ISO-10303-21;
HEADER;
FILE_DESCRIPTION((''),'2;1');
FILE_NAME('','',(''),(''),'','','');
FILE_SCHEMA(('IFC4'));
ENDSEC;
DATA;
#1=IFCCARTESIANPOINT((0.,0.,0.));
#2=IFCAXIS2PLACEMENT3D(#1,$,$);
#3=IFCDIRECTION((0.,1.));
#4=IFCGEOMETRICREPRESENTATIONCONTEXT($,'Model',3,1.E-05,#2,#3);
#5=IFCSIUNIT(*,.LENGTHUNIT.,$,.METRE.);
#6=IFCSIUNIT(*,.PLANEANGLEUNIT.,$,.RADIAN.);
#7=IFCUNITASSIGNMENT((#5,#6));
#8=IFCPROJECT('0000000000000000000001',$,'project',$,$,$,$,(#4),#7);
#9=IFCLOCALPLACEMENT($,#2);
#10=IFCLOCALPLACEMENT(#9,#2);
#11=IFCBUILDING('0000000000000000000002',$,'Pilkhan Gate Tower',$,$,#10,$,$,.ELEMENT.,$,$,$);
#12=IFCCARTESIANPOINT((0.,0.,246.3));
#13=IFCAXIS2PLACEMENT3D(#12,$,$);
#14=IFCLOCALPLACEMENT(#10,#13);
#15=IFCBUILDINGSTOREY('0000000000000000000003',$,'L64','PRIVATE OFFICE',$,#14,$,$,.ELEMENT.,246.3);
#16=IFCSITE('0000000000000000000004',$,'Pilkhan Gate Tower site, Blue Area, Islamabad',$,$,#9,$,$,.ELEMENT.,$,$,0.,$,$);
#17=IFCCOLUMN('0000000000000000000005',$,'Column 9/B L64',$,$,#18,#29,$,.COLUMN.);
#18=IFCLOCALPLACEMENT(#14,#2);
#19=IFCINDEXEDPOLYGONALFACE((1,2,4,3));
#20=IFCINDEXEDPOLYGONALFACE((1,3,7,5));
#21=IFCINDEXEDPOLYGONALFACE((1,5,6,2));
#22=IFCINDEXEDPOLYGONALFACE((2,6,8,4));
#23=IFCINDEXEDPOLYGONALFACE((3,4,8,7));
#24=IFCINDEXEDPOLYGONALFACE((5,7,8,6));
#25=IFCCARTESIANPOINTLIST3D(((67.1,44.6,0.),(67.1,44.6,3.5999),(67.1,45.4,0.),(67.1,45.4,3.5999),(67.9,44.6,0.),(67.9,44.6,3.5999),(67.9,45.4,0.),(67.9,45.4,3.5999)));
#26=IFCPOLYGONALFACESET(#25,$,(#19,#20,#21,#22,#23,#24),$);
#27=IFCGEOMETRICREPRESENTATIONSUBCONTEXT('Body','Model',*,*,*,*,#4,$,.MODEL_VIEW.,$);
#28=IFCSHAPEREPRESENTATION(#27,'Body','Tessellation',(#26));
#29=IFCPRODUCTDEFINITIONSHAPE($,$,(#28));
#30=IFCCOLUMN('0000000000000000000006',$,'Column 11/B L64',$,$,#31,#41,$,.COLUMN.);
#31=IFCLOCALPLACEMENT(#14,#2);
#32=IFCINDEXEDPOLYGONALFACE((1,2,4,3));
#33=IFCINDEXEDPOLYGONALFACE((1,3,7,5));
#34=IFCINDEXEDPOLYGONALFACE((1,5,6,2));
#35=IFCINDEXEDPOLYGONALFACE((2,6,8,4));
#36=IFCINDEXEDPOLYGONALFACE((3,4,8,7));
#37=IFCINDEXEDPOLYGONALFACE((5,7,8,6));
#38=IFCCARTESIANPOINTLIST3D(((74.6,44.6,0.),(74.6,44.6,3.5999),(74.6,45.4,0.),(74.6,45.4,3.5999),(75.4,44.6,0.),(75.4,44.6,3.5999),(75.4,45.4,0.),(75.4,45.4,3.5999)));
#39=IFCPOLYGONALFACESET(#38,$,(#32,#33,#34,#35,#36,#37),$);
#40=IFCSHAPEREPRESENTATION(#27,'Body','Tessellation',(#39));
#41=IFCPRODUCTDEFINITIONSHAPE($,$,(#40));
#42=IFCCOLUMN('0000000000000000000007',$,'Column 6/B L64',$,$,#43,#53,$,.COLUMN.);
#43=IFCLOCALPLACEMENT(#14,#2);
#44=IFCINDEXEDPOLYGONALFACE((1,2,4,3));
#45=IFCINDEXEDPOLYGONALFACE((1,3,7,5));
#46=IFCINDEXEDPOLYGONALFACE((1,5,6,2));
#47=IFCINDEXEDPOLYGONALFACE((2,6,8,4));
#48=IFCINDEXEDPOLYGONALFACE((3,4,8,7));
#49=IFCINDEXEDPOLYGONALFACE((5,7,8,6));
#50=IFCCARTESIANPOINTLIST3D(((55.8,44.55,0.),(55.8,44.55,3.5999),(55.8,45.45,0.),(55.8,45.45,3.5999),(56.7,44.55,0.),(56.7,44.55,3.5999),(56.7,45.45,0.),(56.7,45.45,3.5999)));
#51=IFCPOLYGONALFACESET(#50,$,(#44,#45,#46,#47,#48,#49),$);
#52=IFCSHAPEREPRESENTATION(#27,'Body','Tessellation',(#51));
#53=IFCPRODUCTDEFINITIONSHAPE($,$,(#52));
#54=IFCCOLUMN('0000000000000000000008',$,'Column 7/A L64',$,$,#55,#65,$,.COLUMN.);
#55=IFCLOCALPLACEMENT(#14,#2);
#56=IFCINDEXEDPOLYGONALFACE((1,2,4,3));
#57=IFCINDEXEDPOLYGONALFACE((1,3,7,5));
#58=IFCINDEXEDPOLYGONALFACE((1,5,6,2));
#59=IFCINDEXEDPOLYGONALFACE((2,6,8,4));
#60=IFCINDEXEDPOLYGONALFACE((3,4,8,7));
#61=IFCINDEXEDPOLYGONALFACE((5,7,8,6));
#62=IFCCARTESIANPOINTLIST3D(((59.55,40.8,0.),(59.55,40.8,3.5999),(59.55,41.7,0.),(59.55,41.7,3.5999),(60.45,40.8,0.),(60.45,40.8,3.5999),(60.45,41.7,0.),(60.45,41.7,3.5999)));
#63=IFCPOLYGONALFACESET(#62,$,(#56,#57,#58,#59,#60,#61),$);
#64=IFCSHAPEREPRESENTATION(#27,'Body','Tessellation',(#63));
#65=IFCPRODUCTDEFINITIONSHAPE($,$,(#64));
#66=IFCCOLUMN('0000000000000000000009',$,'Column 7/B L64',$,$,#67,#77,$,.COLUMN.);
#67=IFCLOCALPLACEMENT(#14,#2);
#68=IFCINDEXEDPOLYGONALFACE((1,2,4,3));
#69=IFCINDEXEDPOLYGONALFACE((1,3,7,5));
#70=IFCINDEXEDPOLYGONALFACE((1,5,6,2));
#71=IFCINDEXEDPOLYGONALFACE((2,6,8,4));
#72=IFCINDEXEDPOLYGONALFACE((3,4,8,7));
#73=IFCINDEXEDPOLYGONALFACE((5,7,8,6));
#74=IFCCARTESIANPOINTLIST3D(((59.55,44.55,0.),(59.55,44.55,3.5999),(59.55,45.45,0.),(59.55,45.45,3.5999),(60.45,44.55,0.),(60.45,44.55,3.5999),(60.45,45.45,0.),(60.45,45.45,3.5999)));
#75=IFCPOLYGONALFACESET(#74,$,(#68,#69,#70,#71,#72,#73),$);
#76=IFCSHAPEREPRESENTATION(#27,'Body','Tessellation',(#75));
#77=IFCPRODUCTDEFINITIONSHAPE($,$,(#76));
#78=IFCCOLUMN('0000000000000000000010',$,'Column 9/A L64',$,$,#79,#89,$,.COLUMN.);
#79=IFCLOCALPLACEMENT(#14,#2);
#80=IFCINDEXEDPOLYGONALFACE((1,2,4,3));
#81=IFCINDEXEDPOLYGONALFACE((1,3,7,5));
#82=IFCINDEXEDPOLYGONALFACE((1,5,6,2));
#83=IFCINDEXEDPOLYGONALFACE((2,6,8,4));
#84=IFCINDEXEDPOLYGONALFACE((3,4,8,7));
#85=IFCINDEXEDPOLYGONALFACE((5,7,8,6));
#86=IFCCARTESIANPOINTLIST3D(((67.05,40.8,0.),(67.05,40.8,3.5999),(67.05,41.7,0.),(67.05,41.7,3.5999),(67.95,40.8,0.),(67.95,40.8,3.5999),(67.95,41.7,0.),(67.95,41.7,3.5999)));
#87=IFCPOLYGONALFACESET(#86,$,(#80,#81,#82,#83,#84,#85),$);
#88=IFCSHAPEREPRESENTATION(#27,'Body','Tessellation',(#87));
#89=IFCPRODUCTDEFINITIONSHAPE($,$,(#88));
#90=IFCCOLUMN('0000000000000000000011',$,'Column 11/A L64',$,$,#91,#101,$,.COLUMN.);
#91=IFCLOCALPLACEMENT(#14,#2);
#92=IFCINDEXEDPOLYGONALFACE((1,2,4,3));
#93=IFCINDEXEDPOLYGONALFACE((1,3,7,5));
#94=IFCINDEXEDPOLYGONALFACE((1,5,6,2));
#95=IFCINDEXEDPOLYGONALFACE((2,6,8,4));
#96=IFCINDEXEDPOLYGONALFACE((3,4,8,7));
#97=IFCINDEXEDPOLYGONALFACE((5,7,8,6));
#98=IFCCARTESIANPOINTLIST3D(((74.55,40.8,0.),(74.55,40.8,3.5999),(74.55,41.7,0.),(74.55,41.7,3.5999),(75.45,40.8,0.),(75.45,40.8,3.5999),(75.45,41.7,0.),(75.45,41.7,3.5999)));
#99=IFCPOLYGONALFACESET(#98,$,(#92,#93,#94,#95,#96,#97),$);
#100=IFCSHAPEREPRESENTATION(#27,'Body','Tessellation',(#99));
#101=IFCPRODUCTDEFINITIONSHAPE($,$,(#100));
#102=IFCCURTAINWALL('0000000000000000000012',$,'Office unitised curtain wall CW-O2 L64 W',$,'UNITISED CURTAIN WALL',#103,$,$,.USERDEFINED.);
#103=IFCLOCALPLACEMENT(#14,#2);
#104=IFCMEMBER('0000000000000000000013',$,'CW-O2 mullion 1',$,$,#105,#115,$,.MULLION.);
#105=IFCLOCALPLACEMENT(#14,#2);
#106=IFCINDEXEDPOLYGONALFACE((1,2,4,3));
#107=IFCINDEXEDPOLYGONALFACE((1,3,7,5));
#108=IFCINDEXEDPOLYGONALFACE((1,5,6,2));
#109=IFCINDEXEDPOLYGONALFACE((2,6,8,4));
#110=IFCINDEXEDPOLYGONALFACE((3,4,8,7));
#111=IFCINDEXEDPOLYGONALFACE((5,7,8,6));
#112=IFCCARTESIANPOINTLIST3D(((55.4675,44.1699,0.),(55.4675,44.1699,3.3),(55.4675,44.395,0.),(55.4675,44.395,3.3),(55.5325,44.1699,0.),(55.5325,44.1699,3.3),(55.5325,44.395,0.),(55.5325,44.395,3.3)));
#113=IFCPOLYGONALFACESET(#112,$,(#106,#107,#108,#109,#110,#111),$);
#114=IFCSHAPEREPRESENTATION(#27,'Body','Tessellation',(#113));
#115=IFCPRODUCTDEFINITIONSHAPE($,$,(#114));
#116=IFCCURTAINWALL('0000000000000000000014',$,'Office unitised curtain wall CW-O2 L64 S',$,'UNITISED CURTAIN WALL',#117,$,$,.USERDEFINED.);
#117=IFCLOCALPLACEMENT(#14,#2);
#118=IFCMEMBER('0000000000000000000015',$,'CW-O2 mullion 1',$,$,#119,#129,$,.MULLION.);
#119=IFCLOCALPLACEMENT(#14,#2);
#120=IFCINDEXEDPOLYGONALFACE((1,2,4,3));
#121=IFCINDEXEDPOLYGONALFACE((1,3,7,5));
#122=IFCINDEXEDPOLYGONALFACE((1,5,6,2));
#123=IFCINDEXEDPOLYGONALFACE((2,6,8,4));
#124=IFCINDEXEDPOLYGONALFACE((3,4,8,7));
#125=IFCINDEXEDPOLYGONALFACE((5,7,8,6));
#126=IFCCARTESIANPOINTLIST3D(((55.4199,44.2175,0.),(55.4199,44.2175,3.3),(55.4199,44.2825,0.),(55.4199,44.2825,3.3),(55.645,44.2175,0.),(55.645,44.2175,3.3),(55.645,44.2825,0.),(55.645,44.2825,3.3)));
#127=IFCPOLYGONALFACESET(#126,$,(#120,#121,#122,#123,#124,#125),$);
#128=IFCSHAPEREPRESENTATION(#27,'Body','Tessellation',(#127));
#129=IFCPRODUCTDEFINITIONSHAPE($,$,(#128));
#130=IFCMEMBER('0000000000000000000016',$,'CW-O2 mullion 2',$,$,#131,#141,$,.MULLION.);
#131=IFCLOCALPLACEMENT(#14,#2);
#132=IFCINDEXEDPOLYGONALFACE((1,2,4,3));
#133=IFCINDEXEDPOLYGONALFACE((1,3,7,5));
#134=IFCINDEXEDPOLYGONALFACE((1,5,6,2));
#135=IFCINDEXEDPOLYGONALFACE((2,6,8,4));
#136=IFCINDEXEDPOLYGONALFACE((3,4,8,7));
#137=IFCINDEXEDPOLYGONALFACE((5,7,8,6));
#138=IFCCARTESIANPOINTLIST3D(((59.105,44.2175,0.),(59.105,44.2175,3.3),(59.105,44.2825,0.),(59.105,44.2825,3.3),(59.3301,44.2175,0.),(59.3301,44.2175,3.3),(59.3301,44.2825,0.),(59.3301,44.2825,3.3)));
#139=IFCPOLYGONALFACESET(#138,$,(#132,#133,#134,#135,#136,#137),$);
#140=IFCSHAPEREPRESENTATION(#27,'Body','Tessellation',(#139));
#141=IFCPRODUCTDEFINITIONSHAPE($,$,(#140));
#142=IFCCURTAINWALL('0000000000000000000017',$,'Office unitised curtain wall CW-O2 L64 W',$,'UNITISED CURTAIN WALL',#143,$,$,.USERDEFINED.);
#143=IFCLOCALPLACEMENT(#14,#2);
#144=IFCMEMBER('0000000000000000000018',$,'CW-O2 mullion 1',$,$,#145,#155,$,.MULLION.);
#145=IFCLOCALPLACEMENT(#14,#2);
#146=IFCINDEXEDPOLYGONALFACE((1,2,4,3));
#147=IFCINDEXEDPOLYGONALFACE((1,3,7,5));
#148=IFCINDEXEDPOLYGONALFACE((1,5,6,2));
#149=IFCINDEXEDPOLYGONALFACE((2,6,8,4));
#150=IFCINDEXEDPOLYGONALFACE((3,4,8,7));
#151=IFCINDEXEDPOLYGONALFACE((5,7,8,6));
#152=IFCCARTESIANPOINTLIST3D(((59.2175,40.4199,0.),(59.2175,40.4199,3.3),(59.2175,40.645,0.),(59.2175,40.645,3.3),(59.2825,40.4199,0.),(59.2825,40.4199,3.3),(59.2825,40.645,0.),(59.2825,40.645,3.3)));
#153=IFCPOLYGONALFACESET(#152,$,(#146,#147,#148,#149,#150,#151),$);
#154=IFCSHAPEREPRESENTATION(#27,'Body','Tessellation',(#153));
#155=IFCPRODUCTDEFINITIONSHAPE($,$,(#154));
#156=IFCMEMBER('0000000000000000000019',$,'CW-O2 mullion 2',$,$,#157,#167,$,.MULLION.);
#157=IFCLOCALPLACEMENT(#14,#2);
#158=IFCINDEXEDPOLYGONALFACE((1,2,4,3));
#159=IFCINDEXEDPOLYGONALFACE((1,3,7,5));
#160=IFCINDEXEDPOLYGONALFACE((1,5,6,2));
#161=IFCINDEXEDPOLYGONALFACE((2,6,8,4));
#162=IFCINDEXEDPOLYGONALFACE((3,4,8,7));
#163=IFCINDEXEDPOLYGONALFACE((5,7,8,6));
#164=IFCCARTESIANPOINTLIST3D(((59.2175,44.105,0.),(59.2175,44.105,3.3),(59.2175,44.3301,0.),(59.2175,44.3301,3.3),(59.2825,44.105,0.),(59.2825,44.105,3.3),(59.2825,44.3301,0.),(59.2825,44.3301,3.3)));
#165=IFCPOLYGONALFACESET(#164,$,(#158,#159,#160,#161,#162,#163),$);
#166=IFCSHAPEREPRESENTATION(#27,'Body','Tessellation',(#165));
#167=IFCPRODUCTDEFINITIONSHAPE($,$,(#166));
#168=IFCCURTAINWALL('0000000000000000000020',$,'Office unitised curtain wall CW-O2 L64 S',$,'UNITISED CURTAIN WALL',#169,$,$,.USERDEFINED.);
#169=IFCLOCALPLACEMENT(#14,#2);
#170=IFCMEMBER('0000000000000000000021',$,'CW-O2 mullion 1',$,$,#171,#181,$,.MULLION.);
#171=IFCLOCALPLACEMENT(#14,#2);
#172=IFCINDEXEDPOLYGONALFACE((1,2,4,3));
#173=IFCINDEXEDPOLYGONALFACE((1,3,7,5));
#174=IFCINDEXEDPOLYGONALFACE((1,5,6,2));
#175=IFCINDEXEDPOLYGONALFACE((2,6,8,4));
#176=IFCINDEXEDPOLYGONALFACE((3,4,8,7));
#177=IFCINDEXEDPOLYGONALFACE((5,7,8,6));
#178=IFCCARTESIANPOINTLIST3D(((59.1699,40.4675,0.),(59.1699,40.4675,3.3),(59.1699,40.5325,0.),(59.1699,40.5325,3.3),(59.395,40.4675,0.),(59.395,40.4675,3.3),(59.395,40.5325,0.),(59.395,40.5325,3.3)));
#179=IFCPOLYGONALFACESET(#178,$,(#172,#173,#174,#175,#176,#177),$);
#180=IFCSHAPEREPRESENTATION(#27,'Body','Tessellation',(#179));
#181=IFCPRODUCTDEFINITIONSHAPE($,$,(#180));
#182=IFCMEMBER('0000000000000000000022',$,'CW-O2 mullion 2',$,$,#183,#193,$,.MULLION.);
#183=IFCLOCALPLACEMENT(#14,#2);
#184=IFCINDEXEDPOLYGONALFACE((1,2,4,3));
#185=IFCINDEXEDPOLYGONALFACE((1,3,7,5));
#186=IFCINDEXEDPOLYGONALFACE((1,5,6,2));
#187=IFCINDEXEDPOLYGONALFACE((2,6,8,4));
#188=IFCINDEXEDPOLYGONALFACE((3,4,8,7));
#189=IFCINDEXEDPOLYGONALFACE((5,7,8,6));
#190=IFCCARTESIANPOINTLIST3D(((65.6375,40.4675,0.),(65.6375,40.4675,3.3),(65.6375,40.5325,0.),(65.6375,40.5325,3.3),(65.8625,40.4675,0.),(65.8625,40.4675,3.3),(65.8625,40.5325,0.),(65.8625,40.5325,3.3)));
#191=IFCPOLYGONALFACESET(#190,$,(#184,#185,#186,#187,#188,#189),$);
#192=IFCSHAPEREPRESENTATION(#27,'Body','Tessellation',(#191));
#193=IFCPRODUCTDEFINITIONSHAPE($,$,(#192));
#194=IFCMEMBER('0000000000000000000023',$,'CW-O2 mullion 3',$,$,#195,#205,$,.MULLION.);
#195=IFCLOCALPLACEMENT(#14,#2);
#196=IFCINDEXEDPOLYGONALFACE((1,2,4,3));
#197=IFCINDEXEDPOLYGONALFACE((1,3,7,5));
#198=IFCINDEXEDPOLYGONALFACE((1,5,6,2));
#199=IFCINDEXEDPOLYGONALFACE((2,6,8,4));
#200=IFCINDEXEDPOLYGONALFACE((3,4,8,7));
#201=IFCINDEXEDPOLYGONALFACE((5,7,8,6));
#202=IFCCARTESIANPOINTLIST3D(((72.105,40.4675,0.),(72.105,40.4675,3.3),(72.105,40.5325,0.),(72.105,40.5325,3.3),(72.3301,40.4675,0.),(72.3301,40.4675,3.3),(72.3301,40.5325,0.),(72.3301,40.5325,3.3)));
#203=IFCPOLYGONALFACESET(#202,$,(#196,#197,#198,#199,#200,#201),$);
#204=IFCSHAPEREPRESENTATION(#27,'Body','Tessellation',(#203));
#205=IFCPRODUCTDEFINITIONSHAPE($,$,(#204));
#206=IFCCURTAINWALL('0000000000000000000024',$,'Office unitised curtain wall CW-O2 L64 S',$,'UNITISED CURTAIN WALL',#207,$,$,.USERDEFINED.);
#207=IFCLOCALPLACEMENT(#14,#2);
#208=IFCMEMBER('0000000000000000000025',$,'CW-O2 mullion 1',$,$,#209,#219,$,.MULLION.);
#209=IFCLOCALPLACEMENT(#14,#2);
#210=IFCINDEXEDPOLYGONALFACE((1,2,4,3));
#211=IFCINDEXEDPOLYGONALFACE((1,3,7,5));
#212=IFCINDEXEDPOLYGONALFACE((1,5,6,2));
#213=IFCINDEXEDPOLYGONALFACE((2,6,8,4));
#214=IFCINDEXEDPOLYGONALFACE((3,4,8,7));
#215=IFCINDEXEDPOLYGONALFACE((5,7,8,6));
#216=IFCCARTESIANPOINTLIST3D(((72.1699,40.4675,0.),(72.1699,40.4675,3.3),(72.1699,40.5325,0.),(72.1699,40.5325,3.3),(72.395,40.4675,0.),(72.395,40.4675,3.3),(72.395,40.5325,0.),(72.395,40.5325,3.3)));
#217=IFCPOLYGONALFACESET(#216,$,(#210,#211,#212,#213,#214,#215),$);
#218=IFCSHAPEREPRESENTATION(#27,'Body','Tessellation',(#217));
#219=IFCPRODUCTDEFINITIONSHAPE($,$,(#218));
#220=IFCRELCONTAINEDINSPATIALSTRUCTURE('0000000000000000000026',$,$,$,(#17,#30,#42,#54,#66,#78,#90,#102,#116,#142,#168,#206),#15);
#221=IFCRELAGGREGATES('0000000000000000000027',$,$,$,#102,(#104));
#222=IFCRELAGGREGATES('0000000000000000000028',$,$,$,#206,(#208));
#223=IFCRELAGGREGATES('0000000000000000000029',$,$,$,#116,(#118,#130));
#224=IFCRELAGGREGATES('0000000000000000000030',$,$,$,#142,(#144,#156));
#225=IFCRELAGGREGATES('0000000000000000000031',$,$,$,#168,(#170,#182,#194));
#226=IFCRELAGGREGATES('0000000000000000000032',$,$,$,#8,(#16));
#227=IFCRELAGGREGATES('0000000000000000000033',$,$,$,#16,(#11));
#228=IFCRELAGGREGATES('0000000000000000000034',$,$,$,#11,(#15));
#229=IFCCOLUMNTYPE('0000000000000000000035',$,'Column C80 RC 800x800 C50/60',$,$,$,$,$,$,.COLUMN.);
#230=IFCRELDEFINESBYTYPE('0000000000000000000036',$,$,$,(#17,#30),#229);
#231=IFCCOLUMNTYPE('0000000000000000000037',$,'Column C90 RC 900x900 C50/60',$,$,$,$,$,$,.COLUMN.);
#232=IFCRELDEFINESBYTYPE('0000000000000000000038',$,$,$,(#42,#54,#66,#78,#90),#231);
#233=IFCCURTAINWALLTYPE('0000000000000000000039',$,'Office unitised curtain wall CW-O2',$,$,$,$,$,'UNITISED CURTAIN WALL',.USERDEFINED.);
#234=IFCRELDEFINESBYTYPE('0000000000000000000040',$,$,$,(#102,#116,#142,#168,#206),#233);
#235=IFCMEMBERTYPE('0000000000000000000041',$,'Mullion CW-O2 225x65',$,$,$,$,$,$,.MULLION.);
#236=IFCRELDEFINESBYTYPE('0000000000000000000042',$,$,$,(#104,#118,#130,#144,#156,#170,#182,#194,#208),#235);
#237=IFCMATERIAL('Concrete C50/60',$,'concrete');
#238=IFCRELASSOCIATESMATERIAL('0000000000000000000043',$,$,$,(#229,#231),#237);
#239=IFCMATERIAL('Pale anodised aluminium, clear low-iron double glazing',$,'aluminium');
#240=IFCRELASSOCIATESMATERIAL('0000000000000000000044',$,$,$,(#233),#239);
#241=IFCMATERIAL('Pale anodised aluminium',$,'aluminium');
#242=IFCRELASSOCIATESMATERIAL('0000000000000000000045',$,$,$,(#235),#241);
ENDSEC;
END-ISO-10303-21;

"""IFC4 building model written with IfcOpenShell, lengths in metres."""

from ifc_helpers import new_model, si_unit, direction, frame, origin, origin_2d, place, context, subcontext, project, spatial, rectangle, extrude, material, material_profile, profile_set, type_object, element, aggregate, save


model = new_model("IFC4")

# Units and contexts
model_context = context("Model", 3, precision=1e-05, world=origin(), true_north=direction((0.0, 1.0)))
body_context = subcontext(model_context, "Body", "Model", "MODEL_VIEW")
ifc_project = project(units=[si_unit("LENGTHUNIT", "METRE"), si_unit("PLANEANGLEUNIT", "RADIAN")], contexts=[model_context])

# Site, building, storey
site_placement = place(None, origin())
site = spatial("IfcSite", under=ifc_project, at=site_placement, Name="Pilkhan Gate Tower site, Blue Area, Islamabad", CompositionType="ELEMENT", RefElevation=0.0)
building_placement = place(site_placement, origin())
building = spatial("IfcBuilding", under=site, at=building_placement, Name="Pilkhan Gate Tower", CompositionType="ELEMENT")
storey_placement = place(building_placement, frame((0.0, 0.0, 246.3)))
storey = spatial("IfcBuildingStorey", under=building, at=storey_placement, Name="L64", Description="PRIVATE OFFICE", CompositionType="ELEMENT", Elevation=246.3)

# Columns
ifc_material_1 = material(Name="Concrete C50/60", Category="concrete")
ifc_material_profile_1 = material_profile(ifc_material_1, rectangle(XDim=0.8, YDim=0.8, at=origin_2d()), Name="RC 800x800")
ifc_profile_set_1 = profile_set([ifc_material_profile_1], Name="Concrete C50/60")
column_type_1 = type_object("IfcColumnType", Name="Column C80 RC 800x800 C50/60", PredefinedType="COLUMN", material=ifc_profile_set_1)
for number, where, z_axis, x_axis, name in (
    (1, (67.5, 45.0, 0.0), (0.0, 0.0, 1.0), (1.0, 0.0, 0.0), "Column 9/B L64"),
    (2, (75.0, 45.0, 0.0), (0.0, 0.0, 1.0), (1.0, 0.0, 0.0), "Column 11/B L64"),
):
    element("IfcColumn", number, at=place(storey_placement, frame(where, z_axis=z_axis, x_axis=x_axis)), inside=storey, type_object=column_type_1, Name=name, PredefinedType="COLUMN", context=body_context, shape_type="SweptSolid", body=[
        extrude(rectangle(XDim=0.8, YDim=0.8, at=origin_2d()), origin(), (0.0, 0.0, 1.0), 3.5999),
    ])
ifc_material_profile_2 = material_profile(ifc_material_1, rectangle(XDim=0.8999, YDim=0.8999, at=origin_2d()), Name="RC 900x900")
ifc_profile_set_2 = profile_set([ifc_material_profile_2], Name="Concrete C50/60")
column_type_2 = type_object("IfcColumnType", Name="Column C90 RC 900x900 C50/60", PredefinedType="COLUMN", material=ifc_profile_set_2)
for number, where, z_axis, x_axis, name in (
    (3, (56.25, 45.0, 0.0), (0.0, 0.0, 1.0), (1.0, 0.0, 0.0), "Column 6/B L64"),
    (4, (60.0, 41.25, 0.0), (0.0, 0.0, 1.0), (1.0, 0.0, 0.0), "Column 7/A L64"),
    (5, (60.0, 45.0, 0.0), (0.0, 0.0, 1.0), (1.0, 0.0, 0.0), "Column 7/B L64"),
    (6, (67.5, 41.25, 0.0), (0.0, 0.0, 1.0), (1.0, 0.0, 0.0), "Column 9/A L64"),
    (7, (75.0, 41.25, 0.0), (0.0, 0.0, 1.0), (1.0, 0.0, 0.0), "Column 11/A L64"),
):
    element("IfcColumn", number, at=place(storey_placement, frame(where, z_axis=z_axis, x_axis=x_axis)), inside=storey, type_object=column_type_2, Name=name, PredefinedType="COLUMN", context=body_context, shape_type="SweptSolid", body=[
        extrude(rectangle(XDim=0.8999, YDim=0.8999, at=origin_2d()), origin(), (0.0, 0.0, 1.0), 3.5999),
    ])

# Curtain wall, member
ifc_material_2 = material(Name="Pale anodised aluminium, clear low-iron double glazing", Category="aluminium")
curtain_wall_type = type_object("IfcCurtainWallType", Name="Office unitised curtain wall CW-O2", ElementType="UNITISED CURTAIN WALL", PredefinedType="USERDEFINED", material=ifc_material_2)
curtain_wall_1_placement = place(storey_placement, origin())
curtain_wall_1 = element("IfcCurtainWall", 8, at=curtain_wall_1_placement, inside=storey, type_object=curtain_wall_type, Name="Office unitised curtain wall CW-O2 L64 W", ObjectType="UNITISED CURTAIN WALL", PredefinedType="USERDEFINED")
ifc_material_3 = material(Name="Pale anodised aluminium", Category="aluminium")
ifc_material_profile_3 = material_profile(ifc_material_3, rectangle(XDim=0.0649, YDim=0.2251, at=origin_2d()), Name="Mullion 225x65")
ifc_profile_set_3 = profile_set([ifc_material_profile_3], Name="Pale anodised aluminium")
member_type_1 = type_object("IfcMemberType", Name="Mullion CW-O2 225x65", PredefinedType="MULLION", material=ifc_profile_set_3)
member_1_placement = place(storey_placement, frame((55.5, 44.2825, 0.0), z_axis=(0.0, 0.0, 1.0), x_axis=(-1.0, 0.0, 0.0)))
member_1 = element("IfcMember", 9, at=member_1_placement, type_object=member_type_1, Name="CW-O2 mullion 1", PredefinedType="MULLION", context=body_context, shape_type="SweptSolid", body=[
    extrude(rectangle(XDim=0.0649, YDim=0.2251, at=origin_2d()), origin(), (0.0, 0.0, 1.0), 3.3),
])

# Curtain walls, members
curtain_wall_2_placement = place(storey_placement, origin())
curtain_wall_2 = element("IfcCurtainWall", 10, at=curtain_wall_2_placement, inside=storey, type_object=curtain_wall_type, Name="Office unitised curtain wall CW-O2 L64 S", ObjectType="UNITISED CURTAIN WALL", PredefinedType="USERDEFINED")
member_2_placement = place(storey_placement, frame((55.5325, 44.25, 0.0), z_axis=(0.0, 0.0, 1.0), x_axis=(0.0, 1.0, 0.0)))
member_2 = element("IfcMember", 11, at=member_2_placement, type_object=member_type_1, Name="CW-O2 mullion 1", PredefinedType="MULLION", context=body_context, shape_type="SweptSolid", body=[
    extrude(rectangle(XDim=0.0649, YDim=0.2251, at=origin_2d()), origin(), (0.0, 0.0, 1.0), 3.3),
])
member_3_placement = place(storey_placement, frame((59.2175, 44.25, 0.0), z_axis=(0.0, 0.0, 1.0), x_axis=(0.0, 1.0, 0.0)))
member_3 = element("IfcMember", 12, at=member_3_placement, type_object=member_type_1, Name="CW-O2 mullion 2", PredefinedType="MULLION", context=body_context, shape_type="SweptSolid", body=[
    extrude(rectangle(XDim=0.0649, YDim=0.2251, at=origin_2d()), origin(), (0.0, 0.0, 1.0), 3.3),
])
curtain_wall_3_placement = place(storey_placement, origin())
curtain_wall_3 = element("IfcCurtainWall", 13, at=curtain_wall_3_placement, inside=storey, type_object=curtain_wall_type, Name="Office unitised curtain wall CW-O2 L64 W", ObjectType="UNITISED CURTAIN WALL", PredefinedType="USERDEFINED")
member_4_placement = place(storey_placement, frame((59.25, 40.5325, 0.0), z_axis=(0.0, 0.0, 1.0), x_axis=(-1.0, 0.0, 0.0)))
member_4 = element("IfcMember", 14, at=member_4_placement, type_object=member_type_1, Name="CW-O2 mullion 1", PredefinedType="MULLION", context=body_context, shape_type="SweptSolid", body=[
    extrude(rectangle(XDim=0.0649, YDim=0.2251, at=origin_2d()), origin(), (0.0, 0.0, 1.0), 3.3),
])
member_5_placement = place(storey_placement, frame((59.25, 44.2175, 0.0), z_axis=(0.0, 0.0, 1.0), x_axis=(-1.0, 0.0, 0.0)))
member_5 = element("IfcMember", 15, at=member_5_placement, type_object=member_type_1, Name="CW-O2 mullion 2", PredefinedType="MULLION", context=body_context, shape_type="SweptSolid", body=[
    extrude(rectangle(XDim=0.0649, YDim=0.2251, at=origin_2d()), origin(), (0.0, 0.0, 1.0), 3.3),
])
curtain_wall_4_placement = place(storey_placement, origin())
curtain_wall_4 = element("IfcCurtainWall", 16, at=curtain_wall_4_placement, inside=storey, type_object=curtain_wall_type, Name="Office unitised curtain wall CW-O2 L64 S", ObjectType="UNITISED CURTAIN WALL", PredefinedType="USERDEFINED")
member_6_placement = place(storey_placement, frame((59.2825, 40.5, 0.0), z_axis=(0.0, 0.0, 1.0), x_axis=(0.0, 1.0, 0.0)))
member_6 = element("IfcMember", 17, at=member_6_placement, type_object=member_type_1, Name="CW-O2 mullion 1", PredefinedType="MULLION", context=body_context, shape_type="SweptSolid", body=[
    extrude(rectangle(XDim=0.0649, YDim=0.2251, at=origin_2d()), origin(), (0.0, 0.0, 1.0), 3.3),
])
member_7_placement = place(storey_placement, frame((65.75, 40.5, 0.0), z_axis=(0.0, 0.0, 1.0), x_axis=(0.0, 1.0, 0.0)))
member_7 = element("IfcMember", 18, at=member_7_placement, type_object=member_type_1, Name="CW-O2 mullion 2", PredefinedType="MULLION", context=body_context, shape_type="SweptSolid", body=[
    extrude(rectangle(XDim=0.0649, YDim=0.2251, at=origin_2d()), origin(), (0.0, 0.0, 1.0), 3.3),
])
member_8_placement = place(storey_placement, frame((72.2175, 40.5, 0.0), z_axis=(0.0, 0.0, 1.0), x_axis=(0.0, 1.0, 0.0)))
member_8 = element("IfcMember", 19, at=member_8_placement, type_object=member_type_1, Name="CW-O2 mullion 3", PredefinedType="MULLION", context=body_context, shape_type="SweptSolid", body=[
    extrude(rectangle(XDim=0.0649, YDim=0.2251, at=origin_2d()), origin(), (0.0, 0.0, 1.0), 3.3),
])

# Curtain wall, member
curtain_wall_5_placement = place(storey_placement, origin())
curtain_wall_5 = element("IfcCurtainWall", 20, at=curtain_wall_5_placement, inside=storey, type_object=curtain_wall_type, Name="Office unitised curtain wall CW-O2 L64 S", ObjectType="UNITISED CURTAIN WALL", PredefinedType="USERDEFINED")
member_9_placement = place(storey_placement, frame((72.2825, 40.5, 0.0), z_axis=(0.0, 0.0, 1.0), x_axis=(0.0, 1.0, 0.0)))
member_9 = element("IfcMember", 21, at=member_9_placement, type_object=member_type_1, Name="CW-O2 mullion 1", PredefinedType="MULLION", context=body_context, shape_type="SweptSolid", body=[
    extrude(rectangle(XDim=0.0649, YDim=0.2251, at=origin_2d()), origin(), (0.0, 0.0, 1.0), 3.3),
])

aggregate(curtain_wall_1, [member_1])
aggregate(curtain_wall_5, [member_9])

aggregate(curtain_wall_2, [member_2, member_3])
aggregate(curtain_wall_3, [member_4, member_5])
aggregate(curtain_wall_4, [member_6, member_7, member_8])

save(model, "model.ifc")
